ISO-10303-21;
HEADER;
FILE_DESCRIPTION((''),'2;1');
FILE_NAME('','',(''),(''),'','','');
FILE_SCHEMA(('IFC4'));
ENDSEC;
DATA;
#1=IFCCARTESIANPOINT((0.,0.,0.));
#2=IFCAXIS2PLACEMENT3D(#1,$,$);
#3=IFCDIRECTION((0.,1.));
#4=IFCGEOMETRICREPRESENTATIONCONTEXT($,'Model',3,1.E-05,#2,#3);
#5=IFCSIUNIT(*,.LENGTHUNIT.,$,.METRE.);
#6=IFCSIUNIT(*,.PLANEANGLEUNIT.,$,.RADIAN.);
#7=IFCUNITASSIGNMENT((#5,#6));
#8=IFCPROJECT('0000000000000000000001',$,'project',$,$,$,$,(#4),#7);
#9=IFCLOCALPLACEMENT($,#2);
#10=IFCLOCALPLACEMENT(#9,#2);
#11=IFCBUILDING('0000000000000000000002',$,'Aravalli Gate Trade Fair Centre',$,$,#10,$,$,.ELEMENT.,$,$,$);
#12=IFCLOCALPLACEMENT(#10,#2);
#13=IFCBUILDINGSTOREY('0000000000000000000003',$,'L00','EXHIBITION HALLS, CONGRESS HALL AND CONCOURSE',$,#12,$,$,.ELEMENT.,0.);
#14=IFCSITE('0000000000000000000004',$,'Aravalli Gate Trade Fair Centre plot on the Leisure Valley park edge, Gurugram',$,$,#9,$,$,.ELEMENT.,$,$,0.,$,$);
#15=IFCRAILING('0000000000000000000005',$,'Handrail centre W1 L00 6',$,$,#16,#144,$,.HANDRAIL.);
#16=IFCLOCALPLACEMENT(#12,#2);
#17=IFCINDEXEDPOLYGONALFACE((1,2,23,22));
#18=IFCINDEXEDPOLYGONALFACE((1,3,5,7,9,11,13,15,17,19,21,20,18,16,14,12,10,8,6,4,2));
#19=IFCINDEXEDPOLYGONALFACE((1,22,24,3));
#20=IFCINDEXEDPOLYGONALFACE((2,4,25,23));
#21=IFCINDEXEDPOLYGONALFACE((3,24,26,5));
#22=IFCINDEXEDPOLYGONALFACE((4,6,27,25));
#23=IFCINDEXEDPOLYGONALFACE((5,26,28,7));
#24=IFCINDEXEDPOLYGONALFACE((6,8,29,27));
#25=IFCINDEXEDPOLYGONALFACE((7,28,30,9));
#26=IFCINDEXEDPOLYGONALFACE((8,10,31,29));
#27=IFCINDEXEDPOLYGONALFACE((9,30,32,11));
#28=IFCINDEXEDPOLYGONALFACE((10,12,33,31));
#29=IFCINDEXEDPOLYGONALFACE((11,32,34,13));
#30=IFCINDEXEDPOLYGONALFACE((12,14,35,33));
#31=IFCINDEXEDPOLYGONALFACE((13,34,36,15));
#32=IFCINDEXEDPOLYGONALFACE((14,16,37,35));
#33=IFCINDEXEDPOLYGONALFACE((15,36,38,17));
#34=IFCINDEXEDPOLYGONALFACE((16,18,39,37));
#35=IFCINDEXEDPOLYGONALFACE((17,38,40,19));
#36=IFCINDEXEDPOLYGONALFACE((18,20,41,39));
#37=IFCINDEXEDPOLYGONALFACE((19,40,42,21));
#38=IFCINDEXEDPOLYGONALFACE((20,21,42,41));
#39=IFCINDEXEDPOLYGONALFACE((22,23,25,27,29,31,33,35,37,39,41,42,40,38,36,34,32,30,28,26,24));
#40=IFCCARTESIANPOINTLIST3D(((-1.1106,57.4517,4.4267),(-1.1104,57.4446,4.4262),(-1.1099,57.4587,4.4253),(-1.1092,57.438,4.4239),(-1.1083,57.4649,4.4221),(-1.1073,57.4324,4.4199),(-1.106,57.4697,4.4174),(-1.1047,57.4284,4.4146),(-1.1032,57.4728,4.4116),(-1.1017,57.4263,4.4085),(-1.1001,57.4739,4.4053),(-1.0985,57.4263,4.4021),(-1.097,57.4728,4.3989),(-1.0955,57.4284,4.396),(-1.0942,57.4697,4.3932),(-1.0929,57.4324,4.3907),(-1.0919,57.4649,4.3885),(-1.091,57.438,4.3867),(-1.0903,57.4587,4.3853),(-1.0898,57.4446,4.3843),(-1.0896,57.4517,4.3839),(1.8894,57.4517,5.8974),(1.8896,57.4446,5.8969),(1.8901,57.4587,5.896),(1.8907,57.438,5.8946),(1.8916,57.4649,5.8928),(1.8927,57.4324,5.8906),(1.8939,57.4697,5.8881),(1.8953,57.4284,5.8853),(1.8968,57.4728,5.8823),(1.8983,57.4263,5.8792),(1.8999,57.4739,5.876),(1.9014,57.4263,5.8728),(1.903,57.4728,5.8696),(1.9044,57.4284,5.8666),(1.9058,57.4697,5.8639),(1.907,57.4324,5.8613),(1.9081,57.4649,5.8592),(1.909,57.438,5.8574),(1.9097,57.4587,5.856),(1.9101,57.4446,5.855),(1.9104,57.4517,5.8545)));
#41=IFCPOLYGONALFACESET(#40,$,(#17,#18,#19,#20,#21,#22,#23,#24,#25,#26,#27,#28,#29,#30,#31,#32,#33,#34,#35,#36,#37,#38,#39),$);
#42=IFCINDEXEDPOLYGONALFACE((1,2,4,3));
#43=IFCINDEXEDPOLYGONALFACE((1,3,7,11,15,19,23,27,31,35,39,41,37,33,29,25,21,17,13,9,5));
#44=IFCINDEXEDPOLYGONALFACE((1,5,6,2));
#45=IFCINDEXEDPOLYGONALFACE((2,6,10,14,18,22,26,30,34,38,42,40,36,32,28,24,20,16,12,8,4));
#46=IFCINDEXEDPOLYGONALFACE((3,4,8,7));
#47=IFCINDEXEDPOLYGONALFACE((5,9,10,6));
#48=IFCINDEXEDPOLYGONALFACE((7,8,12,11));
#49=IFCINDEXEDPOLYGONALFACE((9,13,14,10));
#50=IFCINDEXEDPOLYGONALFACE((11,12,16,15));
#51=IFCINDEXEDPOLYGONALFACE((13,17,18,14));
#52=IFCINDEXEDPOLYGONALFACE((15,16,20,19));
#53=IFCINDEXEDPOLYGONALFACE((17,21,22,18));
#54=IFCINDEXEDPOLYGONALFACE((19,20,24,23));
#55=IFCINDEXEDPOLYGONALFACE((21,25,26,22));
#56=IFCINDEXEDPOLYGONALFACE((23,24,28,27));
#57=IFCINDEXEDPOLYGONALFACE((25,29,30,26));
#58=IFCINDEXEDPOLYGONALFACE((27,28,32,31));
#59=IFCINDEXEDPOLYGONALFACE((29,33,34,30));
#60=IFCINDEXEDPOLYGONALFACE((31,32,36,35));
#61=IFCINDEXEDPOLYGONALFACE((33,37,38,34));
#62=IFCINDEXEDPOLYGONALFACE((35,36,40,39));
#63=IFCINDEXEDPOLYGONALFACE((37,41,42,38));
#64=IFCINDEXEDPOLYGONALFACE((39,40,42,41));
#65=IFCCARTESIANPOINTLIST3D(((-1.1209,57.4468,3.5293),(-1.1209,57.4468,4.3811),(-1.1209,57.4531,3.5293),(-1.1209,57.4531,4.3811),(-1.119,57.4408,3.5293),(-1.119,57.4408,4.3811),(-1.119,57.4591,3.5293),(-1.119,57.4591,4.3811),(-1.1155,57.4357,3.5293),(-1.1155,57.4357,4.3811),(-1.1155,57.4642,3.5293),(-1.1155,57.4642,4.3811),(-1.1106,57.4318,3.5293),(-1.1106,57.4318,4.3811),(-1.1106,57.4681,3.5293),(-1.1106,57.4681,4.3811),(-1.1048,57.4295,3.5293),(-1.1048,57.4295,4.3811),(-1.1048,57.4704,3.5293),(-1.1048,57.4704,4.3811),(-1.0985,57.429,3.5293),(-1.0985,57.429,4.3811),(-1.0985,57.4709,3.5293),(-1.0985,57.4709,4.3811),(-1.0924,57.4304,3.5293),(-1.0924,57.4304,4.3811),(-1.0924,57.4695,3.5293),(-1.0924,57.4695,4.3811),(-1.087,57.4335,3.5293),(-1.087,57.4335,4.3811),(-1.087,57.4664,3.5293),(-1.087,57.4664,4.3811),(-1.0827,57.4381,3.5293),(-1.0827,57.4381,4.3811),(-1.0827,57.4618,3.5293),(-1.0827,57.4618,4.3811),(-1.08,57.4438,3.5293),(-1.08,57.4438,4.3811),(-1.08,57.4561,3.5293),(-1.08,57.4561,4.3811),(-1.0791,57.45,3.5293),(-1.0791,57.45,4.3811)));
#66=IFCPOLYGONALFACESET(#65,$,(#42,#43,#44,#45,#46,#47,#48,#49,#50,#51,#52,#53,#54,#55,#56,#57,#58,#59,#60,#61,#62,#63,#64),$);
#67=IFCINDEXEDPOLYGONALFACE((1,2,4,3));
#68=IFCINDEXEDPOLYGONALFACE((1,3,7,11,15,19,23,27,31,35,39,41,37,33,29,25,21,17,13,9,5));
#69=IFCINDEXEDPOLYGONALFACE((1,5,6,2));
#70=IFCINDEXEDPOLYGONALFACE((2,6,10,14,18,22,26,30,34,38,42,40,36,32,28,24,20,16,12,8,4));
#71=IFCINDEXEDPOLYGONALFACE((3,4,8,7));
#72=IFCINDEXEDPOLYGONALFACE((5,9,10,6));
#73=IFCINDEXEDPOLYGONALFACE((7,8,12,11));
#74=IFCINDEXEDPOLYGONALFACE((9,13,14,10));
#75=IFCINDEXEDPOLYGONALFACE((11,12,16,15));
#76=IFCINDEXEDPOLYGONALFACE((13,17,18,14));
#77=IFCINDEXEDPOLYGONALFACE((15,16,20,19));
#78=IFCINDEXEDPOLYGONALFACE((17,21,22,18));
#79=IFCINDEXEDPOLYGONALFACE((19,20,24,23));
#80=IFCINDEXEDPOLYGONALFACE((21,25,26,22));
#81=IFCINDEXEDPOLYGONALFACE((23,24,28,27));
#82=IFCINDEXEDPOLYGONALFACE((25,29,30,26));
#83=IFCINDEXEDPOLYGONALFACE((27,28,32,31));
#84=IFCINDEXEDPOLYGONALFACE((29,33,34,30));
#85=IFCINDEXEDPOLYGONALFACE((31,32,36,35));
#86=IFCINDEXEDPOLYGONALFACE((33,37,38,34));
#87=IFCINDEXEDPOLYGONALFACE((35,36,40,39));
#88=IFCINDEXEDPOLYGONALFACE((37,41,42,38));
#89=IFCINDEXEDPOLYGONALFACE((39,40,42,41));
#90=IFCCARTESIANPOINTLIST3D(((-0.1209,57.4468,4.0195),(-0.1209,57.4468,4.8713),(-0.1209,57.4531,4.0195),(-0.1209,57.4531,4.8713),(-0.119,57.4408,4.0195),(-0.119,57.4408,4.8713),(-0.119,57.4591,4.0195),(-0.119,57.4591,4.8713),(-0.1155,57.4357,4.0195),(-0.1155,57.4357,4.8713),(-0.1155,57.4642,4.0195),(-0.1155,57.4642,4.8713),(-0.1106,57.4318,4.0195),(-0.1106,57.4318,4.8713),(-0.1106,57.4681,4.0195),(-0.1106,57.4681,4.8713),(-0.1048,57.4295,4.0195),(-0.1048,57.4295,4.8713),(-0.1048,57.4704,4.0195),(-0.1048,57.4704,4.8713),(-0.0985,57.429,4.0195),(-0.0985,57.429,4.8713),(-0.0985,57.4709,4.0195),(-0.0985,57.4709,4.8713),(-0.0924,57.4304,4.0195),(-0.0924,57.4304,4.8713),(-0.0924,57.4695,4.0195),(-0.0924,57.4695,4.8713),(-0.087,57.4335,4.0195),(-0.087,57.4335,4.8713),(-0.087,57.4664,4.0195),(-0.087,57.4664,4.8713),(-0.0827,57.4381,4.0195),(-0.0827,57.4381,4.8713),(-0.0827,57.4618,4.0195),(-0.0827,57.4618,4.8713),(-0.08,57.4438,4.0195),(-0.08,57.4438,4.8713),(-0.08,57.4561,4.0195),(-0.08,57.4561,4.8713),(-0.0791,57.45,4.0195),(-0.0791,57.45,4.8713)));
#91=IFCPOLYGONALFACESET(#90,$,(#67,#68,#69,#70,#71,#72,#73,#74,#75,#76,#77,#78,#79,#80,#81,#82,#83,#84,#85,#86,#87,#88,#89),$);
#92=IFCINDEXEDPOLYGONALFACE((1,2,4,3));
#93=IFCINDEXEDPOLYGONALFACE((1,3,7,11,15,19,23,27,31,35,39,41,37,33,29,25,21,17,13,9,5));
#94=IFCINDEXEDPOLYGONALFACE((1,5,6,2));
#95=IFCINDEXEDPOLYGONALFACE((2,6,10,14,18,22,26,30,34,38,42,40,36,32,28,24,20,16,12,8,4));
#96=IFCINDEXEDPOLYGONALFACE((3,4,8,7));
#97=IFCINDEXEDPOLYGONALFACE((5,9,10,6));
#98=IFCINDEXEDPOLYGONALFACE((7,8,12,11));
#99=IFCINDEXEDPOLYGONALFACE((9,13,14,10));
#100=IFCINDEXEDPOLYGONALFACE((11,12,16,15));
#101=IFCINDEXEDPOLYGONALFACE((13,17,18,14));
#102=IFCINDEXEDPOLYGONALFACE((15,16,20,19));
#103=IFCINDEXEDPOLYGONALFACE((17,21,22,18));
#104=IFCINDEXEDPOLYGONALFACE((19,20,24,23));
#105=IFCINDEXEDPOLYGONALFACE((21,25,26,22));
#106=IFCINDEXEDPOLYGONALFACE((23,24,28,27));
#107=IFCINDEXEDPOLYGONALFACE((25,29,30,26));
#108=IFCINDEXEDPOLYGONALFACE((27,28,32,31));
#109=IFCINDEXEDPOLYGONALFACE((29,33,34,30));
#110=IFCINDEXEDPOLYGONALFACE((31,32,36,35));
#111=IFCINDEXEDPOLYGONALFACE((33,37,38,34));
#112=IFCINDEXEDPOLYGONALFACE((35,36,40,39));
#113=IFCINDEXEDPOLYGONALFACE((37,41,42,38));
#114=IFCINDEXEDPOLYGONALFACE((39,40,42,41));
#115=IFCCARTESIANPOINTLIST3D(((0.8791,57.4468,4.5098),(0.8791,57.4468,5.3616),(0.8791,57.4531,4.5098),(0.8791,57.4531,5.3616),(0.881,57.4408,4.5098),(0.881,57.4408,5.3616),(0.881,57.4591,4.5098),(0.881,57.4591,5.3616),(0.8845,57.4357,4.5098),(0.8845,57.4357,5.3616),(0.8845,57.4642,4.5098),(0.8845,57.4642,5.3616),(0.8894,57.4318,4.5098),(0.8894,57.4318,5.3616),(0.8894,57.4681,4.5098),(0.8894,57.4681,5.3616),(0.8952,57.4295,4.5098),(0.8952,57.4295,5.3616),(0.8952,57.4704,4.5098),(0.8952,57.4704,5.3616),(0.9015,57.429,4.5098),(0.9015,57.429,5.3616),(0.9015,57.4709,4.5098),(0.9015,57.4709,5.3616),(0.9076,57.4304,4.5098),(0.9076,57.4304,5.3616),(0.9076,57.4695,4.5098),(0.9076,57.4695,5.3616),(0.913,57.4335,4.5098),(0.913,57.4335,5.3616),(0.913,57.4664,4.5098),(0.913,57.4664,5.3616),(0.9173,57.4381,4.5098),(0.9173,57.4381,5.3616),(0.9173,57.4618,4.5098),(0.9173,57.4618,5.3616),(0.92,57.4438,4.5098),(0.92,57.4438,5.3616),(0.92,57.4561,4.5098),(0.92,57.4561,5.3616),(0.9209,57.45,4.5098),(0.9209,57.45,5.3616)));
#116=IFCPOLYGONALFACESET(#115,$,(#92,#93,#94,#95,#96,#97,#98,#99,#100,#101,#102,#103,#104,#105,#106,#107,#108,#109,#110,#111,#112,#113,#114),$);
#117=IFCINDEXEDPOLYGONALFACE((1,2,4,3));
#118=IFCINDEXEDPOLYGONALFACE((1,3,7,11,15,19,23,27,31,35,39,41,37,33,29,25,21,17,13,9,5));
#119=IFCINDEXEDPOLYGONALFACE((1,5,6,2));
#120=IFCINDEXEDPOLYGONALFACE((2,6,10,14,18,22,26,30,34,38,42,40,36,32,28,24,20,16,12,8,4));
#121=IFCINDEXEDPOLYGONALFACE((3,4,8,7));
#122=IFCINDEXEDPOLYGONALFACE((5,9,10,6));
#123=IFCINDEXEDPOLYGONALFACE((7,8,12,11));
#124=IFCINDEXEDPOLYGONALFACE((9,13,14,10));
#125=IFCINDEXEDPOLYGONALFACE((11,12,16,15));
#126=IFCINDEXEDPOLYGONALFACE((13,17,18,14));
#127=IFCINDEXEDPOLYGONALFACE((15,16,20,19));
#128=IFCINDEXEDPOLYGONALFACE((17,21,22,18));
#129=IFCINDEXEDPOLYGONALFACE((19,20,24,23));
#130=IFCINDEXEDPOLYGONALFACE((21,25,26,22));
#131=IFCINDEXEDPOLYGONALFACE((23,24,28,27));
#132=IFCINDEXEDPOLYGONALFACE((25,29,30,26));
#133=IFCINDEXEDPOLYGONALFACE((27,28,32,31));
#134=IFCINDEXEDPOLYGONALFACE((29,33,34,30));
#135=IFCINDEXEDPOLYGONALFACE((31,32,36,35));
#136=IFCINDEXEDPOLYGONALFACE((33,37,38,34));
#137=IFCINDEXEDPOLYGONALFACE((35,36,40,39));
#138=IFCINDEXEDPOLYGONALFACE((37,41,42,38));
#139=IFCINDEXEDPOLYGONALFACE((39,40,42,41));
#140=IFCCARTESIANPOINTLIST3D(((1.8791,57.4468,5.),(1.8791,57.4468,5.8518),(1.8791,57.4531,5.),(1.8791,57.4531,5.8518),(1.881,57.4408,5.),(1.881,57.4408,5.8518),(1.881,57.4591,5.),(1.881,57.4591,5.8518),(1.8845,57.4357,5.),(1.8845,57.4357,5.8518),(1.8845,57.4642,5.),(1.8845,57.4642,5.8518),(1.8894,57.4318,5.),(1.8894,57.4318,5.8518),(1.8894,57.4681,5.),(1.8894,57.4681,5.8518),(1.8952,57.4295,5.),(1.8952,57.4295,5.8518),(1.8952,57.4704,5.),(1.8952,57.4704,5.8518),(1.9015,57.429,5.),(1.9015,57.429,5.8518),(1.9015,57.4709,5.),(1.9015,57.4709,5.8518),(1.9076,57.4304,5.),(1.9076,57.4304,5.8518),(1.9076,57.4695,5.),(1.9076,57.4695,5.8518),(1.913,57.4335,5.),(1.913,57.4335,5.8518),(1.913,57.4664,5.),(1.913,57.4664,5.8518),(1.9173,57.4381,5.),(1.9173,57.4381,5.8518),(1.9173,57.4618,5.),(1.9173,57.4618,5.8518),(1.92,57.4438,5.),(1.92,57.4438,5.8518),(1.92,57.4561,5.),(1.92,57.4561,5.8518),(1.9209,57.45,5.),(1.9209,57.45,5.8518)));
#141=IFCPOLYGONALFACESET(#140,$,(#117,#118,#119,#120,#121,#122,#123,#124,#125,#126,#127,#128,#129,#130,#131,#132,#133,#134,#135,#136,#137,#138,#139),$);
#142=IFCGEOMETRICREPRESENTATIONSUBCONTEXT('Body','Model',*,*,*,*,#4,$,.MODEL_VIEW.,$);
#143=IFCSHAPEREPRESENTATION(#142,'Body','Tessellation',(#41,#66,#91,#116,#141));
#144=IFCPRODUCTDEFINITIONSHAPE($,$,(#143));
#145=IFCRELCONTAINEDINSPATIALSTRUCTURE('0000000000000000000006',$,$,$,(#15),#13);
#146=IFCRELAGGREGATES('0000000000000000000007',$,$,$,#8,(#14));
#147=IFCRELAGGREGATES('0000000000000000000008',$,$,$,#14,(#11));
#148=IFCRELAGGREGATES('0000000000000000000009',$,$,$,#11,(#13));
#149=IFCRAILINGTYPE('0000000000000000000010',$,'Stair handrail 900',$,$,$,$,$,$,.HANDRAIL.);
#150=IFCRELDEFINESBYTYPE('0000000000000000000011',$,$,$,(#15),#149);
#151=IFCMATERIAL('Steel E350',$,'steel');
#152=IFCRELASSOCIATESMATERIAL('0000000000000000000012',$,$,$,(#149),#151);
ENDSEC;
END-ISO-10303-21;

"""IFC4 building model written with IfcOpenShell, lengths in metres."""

from ifc_helpers import new_model, si_unit, direction, frame, origin, origin_2d, place, context, subcontext, project, spatial, circle, extrude, material, type_object, element, save


model = new_model("IFC4")

# Units and contexts
model_context = context("Model", 3, precision=1e-05, world=origin(), true_north=direction((0.0, 1.0)))
body_context = subcontext(model_context, "Body", "Model", "MODEL_VIEW")
ifc_project = project(units=[si_unit("LENGTHUNIT", "METRE"), si_unit("PLANEANGLEUNIT", "RADIAN")], contexts=[model_context])

# Site, building, storey
site_placement = place(None, origin())
site = spatial("IfcSite", under=ifc_project, at=site_placement, Name="Aravalli Gate Trade Fair Centre plot on the Leisure Valley park edge, Gurugram", CompositionType="ELEMENT", RefElevation=0.0)
building_placement = place(site_placement, origin())
building = spatial("IfcBuilding", under=site, at=building_placement, Name="Aravalli Gate Trade Fair Centre", CompositionType="ELEMENT")
storey_placement = place(building_placement, origin())
storey = spatial("IfcBuildingStorey", under=building, at=storey_placement, Name="L00", Description="EXHIBITION HALLS, CONGRESS HALL AND CONCOURSE", CompositionType="ELEMENT", Elevation=0.0)

# Railing
ifc_material_1 = material(Name="Steel E350", Category="steel")
railing_type = type_object("IfcRailingType", Name="Stair handrail 900", PredefinedType="HANDRAIL", material=ifc_material_1)
for number, where, name in (
    (1, (-1.1001, 57.45, 3.5293), "Handrail centre W1 L00 6"),
):
    element("IfcRailing", number, at=place(storey_placement, frame(where)), inside=storey, type_object=railing_type, Name=name, PredefinedType="HANDRAIL", context=body_context, shape_type="SweptSolid", body=[
        extrude(circle(Radius=0.0239, at=origin_2d()), frame((0.0, 0.0, 0.876), z_axis=(0.897907, 0.0, 0.440185), x_axis=(0.0, 1.0, 0.0)), (0.0, 0.0, 1.0), 3.3411),
        extrude(circle(Radius=0.021, at=origin_2d()), origin(), (0.0, 0.0, 1.0), 0.8518),
        extrude(circle(Radius=0.021, at=origin_2d()), frame((1.0, 0.0, 0.4902)), (0.0, 0.0, 1.0), 0.8518),
        extrude(circle(Radius=0.021, at=origin_2d()), frame((2.0, 0.0, 0.9805)), (0.0, 0.0, 1.0), 0.8518),
        extrude(circle(Radius=0.021, at=origin_2d()), frame((3.0, 0.0, 1.4707)), (0.0, 0.0, 1.0), 0.8518),
    ])

save(model, "model.ifc")
